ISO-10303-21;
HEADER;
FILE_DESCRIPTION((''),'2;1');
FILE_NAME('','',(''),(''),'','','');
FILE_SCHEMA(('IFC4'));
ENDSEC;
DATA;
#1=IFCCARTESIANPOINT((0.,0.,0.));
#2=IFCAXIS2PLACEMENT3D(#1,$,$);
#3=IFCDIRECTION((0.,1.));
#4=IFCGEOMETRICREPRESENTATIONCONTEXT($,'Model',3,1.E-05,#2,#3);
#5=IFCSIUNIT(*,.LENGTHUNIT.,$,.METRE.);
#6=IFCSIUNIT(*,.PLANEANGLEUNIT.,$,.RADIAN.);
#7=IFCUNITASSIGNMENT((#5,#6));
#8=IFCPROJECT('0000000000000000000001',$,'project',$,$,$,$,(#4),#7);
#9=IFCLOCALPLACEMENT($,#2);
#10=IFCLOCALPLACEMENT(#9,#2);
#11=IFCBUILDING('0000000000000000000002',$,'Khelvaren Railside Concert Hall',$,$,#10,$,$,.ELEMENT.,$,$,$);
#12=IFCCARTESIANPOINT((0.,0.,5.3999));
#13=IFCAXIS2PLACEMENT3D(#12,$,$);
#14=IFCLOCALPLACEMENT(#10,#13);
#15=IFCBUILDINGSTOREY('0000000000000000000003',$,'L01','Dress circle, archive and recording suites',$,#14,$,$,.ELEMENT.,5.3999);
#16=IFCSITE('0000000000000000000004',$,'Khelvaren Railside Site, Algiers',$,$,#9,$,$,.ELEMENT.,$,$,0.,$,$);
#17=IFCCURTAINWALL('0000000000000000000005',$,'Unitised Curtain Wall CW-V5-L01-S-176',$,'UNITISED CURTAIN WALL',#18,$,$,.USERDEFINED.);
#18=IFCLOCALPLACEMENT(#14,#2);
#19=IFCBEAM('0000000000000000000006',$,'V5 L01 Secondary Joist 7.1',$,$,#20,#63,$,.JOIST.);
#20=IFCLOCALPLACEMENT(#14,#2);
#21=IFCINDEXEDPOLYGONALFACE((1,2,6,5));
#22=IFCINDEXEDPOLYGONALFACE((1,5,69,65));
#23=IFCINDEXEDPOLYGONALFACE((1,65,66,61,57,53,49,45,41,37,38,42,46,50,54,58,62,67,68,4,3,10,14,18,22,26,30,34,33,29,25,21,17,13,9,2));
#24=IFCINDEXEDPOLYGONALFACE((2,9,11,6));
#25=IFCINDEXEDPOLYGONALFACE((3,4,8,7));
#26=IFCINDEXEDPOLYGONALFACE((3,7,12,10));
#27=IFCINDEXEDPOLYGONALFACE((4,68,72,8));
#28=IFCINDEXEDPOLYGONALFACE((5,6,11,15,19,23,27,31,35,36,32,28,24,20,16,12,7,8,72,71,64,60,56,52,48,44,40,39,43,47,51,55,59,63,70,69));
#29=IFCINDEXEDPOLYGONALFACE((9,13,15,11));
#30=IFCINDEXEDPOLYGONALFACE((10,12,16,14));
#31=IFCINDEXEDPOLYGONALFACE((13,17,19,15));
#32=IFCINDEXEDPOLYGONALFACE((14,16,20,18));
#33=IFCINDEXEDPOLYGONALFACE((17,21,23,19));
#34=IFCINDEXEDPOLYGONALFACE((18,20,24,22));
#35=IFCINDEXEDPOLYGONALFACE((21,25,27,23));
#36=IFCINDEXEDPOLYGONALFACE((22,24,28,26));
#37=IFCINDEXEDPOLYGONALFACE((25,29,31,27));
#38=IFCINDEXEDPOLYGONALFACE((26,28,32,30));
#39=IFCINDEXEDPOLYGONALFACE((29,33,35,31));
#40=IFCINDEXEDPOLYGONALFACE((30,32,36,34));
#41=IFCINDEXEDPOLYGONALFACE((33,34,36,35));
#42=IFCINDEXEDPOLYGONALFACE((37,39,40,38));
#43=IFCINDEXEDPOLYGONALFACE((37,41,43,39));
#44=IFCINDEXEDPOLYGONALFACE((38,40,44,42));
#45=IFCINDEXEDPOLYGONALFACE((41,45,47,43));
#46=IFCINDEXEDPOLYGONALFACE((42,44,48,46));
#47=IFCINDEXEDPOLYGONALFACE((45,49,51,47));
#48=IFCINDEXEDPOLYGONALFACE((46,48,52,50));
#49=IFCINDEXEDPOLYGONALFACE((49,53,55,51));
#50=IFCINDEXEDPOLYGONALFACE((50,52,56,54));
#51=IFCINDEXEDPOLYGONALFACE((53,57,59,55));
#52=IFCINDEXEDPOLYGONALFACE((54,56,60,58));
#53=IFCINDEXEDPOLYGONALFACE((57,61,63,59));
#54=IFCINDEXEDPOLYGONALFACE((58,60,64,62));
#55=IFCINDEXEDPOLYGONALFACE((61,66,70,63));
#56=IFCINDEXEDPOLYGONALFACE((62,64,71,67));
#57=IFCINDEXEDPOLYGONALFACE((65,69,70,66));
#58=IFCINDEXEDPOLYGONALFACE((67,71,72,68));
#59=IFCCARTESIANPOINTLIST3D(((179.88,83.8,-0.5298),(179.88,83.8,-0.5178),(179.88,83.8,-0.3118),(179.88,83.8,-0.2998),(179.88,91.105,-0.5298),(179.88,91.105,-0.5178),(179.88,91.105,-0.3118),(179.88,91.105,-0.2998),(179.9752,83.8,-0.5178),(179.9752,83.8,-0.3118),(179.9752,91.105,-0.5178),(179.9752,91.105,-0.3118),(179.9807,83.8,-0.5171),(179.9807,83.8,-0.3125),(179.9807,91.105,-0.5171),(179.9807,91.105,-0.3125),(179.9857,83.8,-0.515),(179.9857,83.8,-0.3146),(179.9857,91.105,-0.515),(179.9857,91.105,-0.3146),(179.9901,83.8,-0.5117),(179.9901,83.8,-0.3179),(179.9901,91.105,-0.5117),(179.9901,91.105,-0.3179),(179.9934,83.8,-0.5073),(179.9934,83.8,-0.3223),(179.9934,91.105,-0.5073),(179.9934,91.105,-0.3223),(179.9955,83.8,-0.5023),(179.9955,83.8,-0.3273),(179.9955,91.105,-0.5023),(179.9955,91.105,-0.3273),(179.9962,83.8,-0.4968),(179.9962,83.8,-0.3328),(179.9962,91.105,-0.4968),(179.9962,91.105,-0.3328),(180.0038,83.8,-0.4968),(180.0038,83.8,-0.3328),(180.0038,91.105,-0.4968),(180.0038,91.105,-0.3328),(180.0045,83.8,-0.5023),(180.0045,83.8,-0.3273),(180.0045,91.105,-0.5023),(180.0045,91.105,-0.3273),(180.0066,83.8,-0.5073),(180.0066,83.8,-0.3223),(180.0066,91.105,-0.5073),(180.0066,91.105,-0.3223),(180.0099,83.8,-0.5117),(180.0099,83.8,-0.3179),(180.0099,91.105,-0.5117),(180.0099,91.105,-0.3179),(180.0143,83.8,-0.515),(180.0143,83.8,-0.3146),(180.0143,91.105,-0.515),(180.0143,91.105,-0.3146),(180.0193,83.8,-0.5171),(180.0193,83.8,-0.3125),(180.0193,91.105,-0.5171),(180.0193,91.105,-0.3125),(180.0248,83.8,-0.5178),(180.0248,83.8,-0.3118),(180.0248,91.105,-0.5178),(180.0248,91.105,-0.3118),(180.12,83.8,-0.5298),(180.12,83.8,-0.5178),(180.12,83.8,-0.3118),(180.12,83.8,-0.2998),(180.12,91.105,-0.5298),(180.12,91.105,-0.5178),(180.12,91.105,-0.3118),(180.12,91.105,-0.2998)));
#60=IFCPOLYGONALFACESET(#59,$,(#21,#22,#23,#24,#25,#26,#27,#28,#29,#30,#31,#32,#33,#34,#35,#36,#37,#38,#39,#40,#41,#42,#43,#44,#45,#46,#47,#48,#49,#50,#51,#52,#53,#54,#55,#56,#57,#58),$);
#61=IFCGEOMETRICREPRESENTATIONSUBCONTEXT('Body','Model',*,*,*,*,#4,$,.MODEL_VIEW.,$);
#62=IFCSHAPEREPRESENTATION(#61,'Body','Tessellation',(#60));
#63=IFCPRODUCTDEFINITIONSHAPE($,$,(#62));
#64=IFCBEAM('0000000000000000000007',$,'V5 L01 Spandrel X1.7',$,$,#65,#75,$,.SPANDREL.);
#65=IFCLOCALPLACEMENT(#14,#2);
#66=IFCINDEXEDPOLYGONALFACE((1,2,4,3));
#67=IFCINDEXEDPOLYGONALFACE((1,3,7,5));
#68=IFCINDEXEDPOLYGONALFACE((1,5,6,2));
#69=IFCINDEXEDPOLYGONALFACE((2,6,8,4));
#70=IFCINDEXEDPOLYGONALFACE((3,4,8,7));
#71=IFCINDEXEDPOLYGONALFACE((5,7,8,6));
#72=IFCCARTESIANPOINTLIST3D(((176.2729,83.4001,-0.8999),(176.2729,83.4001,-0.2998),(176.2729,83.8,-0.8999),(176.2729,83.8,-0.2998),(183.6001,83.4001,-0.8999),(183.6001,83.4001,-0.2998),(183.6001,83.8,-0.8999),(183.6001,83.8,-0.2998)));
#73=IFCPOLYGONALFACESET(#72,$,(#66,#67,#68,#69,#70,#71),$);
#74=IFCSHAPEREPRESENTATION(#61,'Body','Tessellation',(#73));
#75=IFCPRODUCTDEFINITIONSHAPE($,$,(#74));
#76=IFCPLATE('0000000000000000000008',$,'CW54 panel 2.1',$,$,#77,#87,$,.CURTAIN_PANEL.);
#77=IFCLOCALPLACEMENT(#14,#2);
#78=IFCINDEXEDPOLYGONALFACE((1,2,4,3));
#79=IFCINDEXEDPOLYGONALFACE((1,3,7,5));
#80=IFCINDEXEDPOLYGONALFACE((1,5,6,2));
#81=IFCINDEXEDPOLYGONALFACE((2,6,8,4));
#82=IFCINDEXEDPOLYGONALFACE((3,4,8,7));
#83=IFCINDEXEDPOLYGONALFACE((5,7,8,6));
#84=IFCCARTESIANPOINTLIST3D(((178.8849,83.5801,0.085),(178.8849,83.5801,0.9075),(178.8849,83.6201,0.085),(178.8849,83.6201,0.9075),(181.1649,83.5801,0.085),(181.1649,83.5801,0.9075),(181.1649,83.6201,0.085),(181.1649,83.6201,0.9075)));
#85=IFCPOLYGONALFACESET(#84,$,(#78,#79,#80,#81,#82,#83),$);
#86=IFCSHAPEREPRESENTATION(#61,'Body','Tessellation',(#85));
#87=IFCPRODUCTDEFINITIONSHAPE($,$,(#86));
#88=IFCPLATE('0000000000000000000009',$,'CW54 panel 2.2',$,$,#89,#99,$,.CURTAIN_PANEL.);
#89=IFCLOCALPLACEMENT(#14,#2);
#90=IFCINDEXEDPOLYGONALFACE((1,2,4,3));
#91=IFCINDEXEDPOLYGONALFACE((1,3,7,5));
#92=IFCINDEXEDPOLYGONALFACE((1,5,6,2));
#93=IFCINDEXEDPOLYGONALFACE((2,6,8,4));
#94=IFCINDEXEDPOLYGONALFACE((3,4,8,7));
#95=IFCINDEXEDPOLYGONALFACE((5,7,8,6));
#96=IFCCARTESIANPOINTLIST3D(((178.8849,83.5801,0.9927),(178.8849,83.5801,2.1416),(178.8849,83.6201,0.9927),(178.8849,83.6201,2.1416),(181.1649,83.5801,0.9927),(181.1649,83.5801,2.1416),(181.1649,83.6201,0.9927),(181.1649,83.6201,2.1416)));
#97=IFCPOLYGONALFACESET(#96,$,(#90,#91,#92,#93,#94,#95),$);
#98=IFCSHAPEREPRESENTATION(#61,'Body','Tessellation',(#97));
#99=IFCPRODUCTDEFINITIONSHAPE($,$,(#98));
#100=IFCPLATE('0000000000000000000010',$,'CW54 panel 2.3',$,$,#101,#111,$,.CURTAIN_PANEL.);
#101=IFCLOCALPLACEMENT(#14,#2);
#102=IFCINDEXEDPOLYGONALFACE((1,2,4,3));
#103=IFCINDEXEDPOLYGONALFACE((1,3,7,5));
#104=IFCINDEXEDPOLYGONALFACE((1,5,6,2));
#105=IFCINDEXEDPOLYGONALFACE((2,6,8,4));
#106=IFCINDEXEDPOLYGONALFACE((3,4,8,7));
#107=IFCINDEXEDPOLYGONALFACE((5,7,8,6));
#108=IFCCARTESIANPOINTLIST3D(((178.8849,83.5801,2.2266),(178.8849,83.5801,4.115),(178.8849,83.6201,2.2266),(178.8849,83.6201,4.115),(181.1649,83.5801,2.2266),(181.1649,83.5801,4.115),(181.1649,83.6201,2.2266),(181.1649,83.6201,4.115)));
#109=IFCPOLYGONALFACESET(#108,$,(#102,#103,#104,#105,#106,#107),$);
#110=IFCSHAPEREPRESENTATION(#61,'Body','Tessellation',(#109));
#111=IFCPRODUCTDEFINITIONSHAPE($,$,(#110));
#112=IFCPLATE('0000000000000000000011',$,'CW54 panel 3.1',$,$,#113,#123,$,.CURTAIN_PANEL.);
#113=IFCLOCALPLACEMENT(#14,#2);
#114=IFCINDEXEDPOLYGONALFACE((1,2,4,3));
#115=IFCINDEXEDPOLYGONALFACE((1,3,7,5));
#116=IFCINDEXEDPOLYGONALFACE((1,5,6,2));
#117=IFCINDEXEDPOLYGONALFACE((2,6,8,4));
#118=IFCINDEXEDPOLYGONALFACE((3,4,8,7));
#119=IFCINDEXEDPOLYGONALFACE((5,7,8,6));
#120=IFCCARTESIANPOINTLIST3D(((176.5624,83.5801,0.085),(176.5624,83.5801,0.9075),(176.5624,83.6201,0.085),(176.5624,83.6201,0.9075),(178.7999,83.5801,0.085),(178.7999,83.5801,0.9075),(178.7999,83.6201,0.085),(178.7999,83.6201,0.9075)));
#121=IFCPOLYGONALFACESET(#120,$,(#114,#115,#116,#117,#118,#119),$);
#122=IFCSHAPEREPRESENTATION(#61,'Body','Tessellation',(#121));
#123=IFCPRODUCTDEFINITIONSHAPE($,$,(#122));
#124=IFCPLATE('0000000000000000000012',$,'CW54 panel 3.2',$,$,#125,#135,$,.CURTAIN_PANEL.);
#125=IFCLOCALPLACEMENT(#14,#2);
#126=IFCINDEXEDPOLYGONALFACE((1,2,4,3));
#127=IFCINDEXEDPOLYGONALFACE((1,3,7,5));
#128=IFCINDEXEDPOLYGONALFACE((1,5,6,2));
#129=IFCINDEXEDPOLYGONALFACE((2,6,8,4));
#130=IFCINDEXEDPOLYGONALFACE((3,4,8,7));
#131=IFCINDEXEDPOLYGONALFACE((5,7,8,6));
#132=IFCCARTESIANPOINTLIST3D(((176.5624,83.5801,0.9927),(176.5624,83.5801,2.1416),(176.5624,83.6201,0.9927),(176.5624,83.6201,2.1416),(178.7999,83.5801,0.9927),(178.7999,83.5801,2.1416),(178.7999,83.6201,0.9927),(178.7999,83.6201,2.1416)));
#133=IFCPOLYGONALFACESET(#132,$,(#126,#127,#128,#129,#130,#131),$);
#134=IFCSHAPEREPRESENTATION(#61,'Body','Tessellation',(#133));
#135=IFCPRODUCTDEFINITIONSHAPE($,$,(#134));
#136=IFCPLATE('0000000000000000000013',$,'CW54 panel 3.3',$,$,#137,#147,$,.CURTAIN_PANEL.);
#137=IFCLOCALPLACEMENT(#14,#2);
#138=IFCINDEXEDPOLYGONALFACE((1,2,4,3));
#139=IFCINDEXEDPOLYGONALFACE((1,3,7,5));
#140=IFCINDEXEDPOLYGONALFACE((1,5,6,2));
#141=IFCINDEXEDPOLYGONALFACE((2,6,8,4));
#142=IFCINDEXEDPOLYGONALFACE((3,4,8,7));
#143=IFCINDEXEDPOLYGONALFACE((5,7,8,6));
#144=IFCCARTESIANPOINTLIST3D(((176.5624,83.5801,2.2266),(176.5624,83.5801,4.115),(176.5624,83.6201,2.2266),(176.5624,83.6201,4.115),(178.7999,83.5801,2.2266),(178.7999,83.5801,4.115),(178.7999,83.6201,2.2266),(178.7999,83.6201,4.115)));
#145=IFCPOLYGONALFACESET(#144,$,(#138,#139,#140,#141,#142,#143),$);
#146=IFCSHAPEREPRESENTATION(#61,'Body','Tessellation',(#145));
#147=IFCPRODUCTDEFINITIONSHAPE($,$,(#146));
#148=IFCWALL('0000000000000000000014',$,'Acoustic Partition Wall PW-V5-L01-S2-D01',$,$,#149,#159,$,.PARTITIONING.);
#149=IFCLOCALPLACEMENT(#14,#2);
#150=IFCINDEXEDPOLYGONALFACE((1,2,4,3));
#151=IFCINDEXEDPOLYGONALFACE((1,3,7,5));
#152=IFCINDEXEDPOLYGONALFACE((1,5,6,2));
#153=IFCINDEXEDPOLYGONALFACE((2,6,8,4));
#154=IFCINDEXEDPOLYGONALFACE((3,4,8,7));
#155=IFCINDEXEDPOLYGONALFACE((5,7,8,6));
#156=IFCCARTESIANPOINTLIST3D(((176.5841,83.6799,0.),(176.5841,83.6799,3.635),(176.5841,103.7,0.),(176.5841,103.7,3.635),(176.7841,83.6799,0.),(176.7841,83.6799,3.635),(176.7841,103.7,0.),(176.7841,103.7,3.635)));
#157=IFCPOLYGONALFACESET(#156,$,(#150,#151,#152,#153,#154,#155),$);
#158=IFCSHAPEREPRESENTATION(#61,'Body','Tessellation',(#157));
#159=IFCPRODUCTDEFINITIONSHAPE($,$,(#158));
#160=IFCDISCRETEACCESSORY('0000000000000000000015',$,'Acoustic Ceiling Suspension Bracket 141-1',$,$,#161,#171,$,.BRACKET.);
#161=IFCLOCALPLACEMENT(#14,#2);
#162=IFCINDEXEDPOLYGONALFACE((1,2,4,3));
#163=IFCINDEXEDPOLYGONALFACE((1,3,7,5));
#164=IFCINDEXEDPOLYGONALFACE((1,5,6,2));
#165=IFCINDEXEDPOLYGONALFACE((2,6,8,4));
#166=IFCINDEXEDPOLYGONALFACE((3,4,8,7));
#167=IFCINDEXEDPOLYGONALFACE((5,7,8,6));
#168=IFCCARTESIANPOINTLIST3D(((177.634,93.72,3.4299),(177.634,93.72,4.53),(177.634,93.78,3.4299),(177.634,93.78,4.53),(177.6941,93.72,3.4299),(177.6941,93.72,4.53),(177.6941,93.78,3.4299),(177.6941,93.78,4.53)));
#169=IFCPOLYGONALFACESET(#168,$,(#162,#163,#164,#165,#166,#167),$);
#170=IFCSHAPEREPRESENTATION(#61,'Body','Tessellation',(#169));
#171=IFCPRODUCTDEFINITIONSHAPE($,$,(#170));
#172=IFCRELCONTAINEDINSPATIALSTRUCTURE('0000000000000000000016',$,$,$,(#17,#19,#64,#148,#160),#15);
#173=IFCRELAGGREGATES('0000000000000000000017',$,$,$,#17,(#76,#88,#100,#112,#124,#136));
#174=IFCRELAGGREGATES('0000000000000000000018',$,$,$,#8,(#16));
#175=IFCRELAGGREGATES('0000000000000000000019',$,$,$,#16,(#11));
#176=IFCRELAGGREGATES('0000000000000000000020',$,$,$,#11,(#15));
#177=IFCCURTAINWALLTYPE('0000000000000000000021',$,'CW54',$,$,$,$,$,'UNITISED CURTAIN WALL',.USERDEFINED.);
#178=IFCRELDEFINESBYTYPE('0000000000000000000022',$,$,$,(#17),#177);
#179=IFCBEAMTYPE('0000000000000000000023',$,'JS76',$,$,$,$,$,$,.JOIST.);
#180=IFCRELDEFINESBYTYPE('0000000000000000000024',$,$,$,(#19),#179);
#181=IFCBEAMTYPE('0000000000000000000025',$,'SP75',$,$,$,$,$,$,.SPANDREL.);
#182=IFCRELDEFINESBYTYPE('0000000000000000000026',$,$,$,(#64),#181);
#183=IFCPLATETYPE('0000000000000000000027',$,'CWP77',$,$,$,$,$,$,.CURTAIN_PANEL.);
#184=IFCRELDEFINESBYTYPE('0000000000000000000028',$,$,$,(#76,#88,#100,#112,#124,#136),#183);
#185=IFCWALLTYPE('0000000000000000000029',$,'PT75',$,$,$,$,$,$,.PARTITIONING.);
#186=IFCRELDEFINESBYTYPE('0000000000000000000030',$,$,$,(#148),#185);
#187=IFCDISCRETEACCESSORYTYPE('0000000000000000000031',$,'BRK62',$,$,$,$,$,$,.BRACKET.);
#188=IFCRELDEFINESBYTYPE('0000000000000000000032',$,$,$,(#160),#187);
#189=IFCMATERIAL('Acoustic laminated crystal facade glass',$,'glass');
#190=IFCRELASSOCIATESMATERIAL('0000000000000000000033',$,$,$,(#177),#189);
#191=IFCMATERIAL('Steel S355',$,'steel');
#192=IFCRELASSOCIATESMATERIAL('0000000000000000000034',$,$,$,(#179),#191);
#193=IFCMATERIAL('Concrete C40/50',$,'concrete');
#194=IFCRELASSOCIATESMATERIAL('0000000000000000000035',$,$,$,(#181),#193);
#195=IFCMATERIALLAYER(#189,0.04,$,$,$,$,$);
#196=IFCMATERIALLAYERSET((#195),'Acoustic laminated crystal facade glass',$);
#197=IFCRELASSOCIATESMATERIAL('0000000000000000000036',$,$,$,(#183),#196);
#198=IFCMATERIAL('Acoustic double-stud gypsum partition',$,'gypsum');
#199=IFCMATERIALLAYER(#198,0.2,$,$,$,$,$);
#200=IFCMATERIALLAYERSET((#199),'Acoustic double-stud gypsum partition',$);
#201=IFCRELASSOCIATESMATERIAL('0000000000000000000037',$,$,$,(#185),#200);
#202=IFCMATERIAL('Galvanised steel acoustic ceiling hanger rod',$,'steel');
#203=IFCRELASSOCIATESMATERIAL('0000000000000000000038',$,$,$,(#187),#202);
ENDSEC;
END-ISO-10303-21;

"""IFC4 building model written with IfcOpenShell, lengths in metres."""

from ifc_helpers import new_model, si_unit, direction, frame, frame_2d, origin, origin_2d, place, context, subcontext, project, spatial, rectangle, i_section, extrude, material, layer, layer_set, material_profile, profile_set, type_object, element, aggregate, save


model = new_model("IFC4")

# Units and contexts
model_context = context("Model", 3, precision=1e-05, world=origin(), true_north=direction((0.0, 1.0)))
body_context = subcontext(model_context, "Body", "Model", "MODEL_VIEW")
ifc_project = project(units=[si_unit("LENGTHUNIT", "METRE"), si_unit("PLANEANGLEUNIT", "RADIAN")], contexts=[model_context])

# Site, building, storey
site_placement = place(None, origin())
site = spatial("IfcSite", under=ifc_project, at=site_placement, Name="Khelvaren Railside Site, Algiers", CompositionType="ELEMENT", RefElevation=0.0)
building_placement = place(site_placement, origin())
building = spatial("IfcBuilding", under=site, at=building_placement, Name="Khelvaren Railside Concert Hall", CompositionType="ELEMENT")
storey_placement = place(building_placement, frame((0.0, 0.0, 5.3999)))
storey = spatial("IfcBuildingStorey", under=building, at=storey_placement, Name="L01", Description="Dress circle, archive and recording suites", CompositionType="ELEMENT", Elevation=5.3999)

# Shared definitions
ifc_material_1 = material(Name="Steel S355", Category="steel")

# Shared definitions
ifc_material_2 = material(Name="Acoustic laminated crystal facade glass", Category="glass")

# Curtain wall
curtain_wall_type_1 = type_object("IfcCurtainWallType", Name="CW54", ElementType="UNITISED CURTAIN WALL", PredefinedType="USERDEFINED", material=ifc_material_2)
curtain_wall_1_placement = place(storey_placement, origin())
curtain_wall_1 = element("IfcCurtainWall", 1, at=curtain_wall_1_placement, inside=storey, type_object=curtain_wall_type_1, Name="Unitised Curtain Wall CW-V5-L01-S-176", ObjectType="UNITISED CURTAIN WALL", PredefinedType="USERDEFINED")

# Beams
ifc_material_profile_1 = material_profile(ifc_material_1, i_section(OverallWidth=0.24, OverallDepth=0.23, WebThickness=0.0076, FlangeThickness=0.012, FilletRadius=0.021, at=origin_2d()), Name="HEA 240")
ifc_profile_set_1 = profile_set([ifc_material_profile_1], Name="Steel S355")
beam_type_1 = type_object("IfcBeamType", Name="JS76", PredefinedType="JOIST", material=ifc_profile_set_1)
beam_1_placement = place(storey_placement, frame((180.0, 83.8, -0.4148), z_axis=(0.0, 1.0, 0.0), x_axis=(-1.0, 0.0, 0.0)))
element("IfcBeam", 2, at=beam_1_placement, inside=storey, type_object=beam_type_1, Name="V5 L01 Secondary Joist 7.1", PredefinedType="JOIST", context=body_context, shape_type="SweptSolid", body=[
    extrude(i_section(OverallWidth=0.24, OverallDepth=0.23, WebThickness=0.0076, FlangeThickness=0.012, FilletRadius=0.021, at=origin_2d()), origin(), (0.0, 0.0, 1.0), 7.3049),
])
ifc_material_3 = material(Name="Concrete C40/50", Category="concrete")
ifc_material_profile_2 = material_profile(ifc_material_3, rectangle(XDim=0.3999, YDim=0.6001, at=origin_2d()), Name="RCB 400x600")
ifc_profile_set_2 = profile_set([ifc_material_profile_2], Name="Concrete C40/50")
beam_type_2 = type_object("IfcBeamType", Name="SP75", PredefinedType="SPANDREL", material=ifc_profile_set_2)
beam_2_placement = place(storey_placement, frame((176.2729, 83.6001, -0.5999), z_axis=(1.0, 0.0, 0.0), x_axis=(0.0, 1.0, 0.0)))
element("IfcBeam", 3, at=beam_2_placement, inside=storey, type_object=beam_type_2, Name="V5 L01 Spandrel X1.7", PredefinedType="SPANDREL", context=body_context, shape_type="SweptSolid", body=[
    extrude(rectangle(XDim=0.3999, YDim=0.6001, at=origin_2d()), origin(), (0.0, 0.0, 1.0), 7.3271),
])

# Plates
ifc_layer_1 = layer(ifc_material_2, 0.04)
ifc_layer_set_1 = layer_set([ifc_layer_1], Name="Acoustic laminated crystal facade glass")
plate_type = type_object("IfcPlateType", Name="CWP77", PredefinedType="CURTAIN_PANEL", material=ifc_layer_set_1)
plate_1_placement = place(storey_placement, frame((180.0249, 83.6001, 0.085), z_axis=(0.0, 0.0, 1.0), x_axis=(-1.0, 0.0, 0.0)))
plate_1 = element("IfcPlate", 4, at=plate_1_placement, type_object=plate_type, Name="CW54 panel 2.1", PredefinedType="CURTAIN_PANEL", context=body_context, shape_type="SweptSolid", body=[
    extrude(rectangle(XDim=2.28, YDim=0.04, at=origin_2d()), origin(), (0.0, 0.0, 1.0), 0.8225),
])
plate_2_placement = place(storey_placement, frame((180.0249, 83.6001, 0.9927), z_axis=(0.0, 0.0, 1.0), x_axis=(-1.0, 0.0, 0.0)))
plate_2 = element("IfcPlate", 5, at=plate_2_placement, type_object=plate_type, Name="CW54 panel 2.2", PredefinedType="CURTAIN_PANEL", context=body_context, shape_type="SweptSolid", body=[
    extrude(rectangle(XDim=2.28, YDim=0.04, at=origin_2d()), origin(), (0.0, 0.0, 1.0), 1.1489),
])
plate_3_placement = place(storey_placement, frame((180.0249, 83.6001, 2.2266), z_axis=(0.0, 0.0, 1.0), x_axis=(-1.0, 0.0, 0.0)))
plate_3 = element("IfcPlate", 6, at=plate_3_placement, type_object=plate_type, Name="CW54 panel 2.3", PredefinedType="CURTAIN_PANEL", context=body_context, shape_type="SweptSolid", body=[
    extrude(rectangle(XDim=2.28, YDim=0.04, at=origin_2d()), origin(), (0.0, 0.0, 1.0), 1.8884),
])
plate_4_placement = place(storey_placement, frame((177.6812, 83.6001, 0.085), z_axis=(0.0, 0.0, 1.0), x_axis=(-1.0, 0.0, 0.0)))
plate_4 = element("IfcPlate", 7, at=plate_4_placement, type_object=plate_type, Name="CW54 panel 3.1", PredefinedType="CURTAIN_PANEL", context=body_context, shape_type="SweptSolid", body=[
    extrude(rectangle(XDim=2.2375, YDim=0.04, at=origin_2d()), origin(), (0.0, 0.0, 1.0), 0.8225),
])
plate_5_placement = place(storey_placement, frame((177.6812, 83.6001, 0.9927), z_axis=(0.0, 0.0, 1.0), x_axis=(-1.0, 0.0, 0.0)))
plate_5 = element("IfcPlate", 8, at=plate_5_placement, type_object=plate_type, Name="CW54 panel 3.2", PredefinedType="CURTAIN_PANEL", context=body_context, shape_type="SweptSolid", body=[
    extrude(rectangle(XDim=2.2375, YDim=0.04, at=origin_2d()), origin(), (0.0, 0.0, 1.0), 1.1489),
])
plate_6_placement = place(storey_placement, frame((177.6812, 83.6001, 2.2266), z_axis=(0.0, 0.0, 1.0), x_axis=(-1.0, 0.0, 0.0)))
plate_6 = element("IfcPlate", 9, at=plate_6_placement, type_object=plate_type, Name="CW54 panel 3.3", PredefinedType="CURTAIN_PANEL", context=body_context, shape_type="SweptSolid", body=[
    extrude(rectangle(XDim=2.2375, YDim=0.04, at=origin_2d()), origin(), (0.0, 0.0, 1.0), 1.8884),
])
aggregate(curtain_wall_1, [plate_1, plate_2, plate_3, plate_4, plate_5, plate_6])

# Wall
ifc_material_4 = material(Name="Acoustic double-stud gypsum partition", Category="gypsum")
ifc_layer_2 = layer(ifc_material_4, 0.2)
ifc_layer_set_2 = layer_set([ifc_layer_2], Name="Acoustic double-stud gypsum partition")
wall_type = type_object("IfcWallType", Name="PT75", PredefinedType="PARTITIONING", material=ifc_layer_set_2)
wall_placement = place(storey_placement, frame((176.6841, 83.6799, 0.0), z_axis=(0.0, 0.0, 1.0), x_axis=(0.0, 1.0, 0.0)))
element("IfcWall", 10, at=wall_placement, inside=storey, type_object=wall_type, Name="Acoustic Partition Wall PW-V5-L01-S2-D01", PredefinedType="PARTITIONING", context=body_context, shape_type="SweptSolid", body=[
    extrude(rectangle(XDim=20.02, YDim=0.2, at=frame_2d((10.01, 0.0))), origin(), (0.0, 0.0, 1.0), 3.635),
])

# Discrete accessory
ifc_material_5 = material(Name="Galvanised steel acoustic ceiling hanger rod", Category="steel")
discrete_accessory_type = type_object("IfcDiscreteAccessoryType", Name="BRK62", PredefinedType="BRACKET", material=ifc_material_5)
discrete_accessory_placement = place(storey_placement, frame((177.6641, 93.75, 3.4299), z_axis=(0.0, 0.0, 1.0), x_axis=(1.0, 0.0, 0.0)))
element("IfcDiscreteAccessory", 11, at=discrete_accessory_placement, inside=storey, type_object=discrete_accessory_type, Name="Acoustic Ceiling Suspension Bracket 141-1", PredefinedType="BRACKET", context=body_context, shape_type="SweptSolid", body=[
    extrude(rectangle(XDim=0.0601, YDim=0.0601, at=origin_2d()), origin(), (0.0, 0.0, 1.0), 1.1001),
])

save(model, "model.ifc")
